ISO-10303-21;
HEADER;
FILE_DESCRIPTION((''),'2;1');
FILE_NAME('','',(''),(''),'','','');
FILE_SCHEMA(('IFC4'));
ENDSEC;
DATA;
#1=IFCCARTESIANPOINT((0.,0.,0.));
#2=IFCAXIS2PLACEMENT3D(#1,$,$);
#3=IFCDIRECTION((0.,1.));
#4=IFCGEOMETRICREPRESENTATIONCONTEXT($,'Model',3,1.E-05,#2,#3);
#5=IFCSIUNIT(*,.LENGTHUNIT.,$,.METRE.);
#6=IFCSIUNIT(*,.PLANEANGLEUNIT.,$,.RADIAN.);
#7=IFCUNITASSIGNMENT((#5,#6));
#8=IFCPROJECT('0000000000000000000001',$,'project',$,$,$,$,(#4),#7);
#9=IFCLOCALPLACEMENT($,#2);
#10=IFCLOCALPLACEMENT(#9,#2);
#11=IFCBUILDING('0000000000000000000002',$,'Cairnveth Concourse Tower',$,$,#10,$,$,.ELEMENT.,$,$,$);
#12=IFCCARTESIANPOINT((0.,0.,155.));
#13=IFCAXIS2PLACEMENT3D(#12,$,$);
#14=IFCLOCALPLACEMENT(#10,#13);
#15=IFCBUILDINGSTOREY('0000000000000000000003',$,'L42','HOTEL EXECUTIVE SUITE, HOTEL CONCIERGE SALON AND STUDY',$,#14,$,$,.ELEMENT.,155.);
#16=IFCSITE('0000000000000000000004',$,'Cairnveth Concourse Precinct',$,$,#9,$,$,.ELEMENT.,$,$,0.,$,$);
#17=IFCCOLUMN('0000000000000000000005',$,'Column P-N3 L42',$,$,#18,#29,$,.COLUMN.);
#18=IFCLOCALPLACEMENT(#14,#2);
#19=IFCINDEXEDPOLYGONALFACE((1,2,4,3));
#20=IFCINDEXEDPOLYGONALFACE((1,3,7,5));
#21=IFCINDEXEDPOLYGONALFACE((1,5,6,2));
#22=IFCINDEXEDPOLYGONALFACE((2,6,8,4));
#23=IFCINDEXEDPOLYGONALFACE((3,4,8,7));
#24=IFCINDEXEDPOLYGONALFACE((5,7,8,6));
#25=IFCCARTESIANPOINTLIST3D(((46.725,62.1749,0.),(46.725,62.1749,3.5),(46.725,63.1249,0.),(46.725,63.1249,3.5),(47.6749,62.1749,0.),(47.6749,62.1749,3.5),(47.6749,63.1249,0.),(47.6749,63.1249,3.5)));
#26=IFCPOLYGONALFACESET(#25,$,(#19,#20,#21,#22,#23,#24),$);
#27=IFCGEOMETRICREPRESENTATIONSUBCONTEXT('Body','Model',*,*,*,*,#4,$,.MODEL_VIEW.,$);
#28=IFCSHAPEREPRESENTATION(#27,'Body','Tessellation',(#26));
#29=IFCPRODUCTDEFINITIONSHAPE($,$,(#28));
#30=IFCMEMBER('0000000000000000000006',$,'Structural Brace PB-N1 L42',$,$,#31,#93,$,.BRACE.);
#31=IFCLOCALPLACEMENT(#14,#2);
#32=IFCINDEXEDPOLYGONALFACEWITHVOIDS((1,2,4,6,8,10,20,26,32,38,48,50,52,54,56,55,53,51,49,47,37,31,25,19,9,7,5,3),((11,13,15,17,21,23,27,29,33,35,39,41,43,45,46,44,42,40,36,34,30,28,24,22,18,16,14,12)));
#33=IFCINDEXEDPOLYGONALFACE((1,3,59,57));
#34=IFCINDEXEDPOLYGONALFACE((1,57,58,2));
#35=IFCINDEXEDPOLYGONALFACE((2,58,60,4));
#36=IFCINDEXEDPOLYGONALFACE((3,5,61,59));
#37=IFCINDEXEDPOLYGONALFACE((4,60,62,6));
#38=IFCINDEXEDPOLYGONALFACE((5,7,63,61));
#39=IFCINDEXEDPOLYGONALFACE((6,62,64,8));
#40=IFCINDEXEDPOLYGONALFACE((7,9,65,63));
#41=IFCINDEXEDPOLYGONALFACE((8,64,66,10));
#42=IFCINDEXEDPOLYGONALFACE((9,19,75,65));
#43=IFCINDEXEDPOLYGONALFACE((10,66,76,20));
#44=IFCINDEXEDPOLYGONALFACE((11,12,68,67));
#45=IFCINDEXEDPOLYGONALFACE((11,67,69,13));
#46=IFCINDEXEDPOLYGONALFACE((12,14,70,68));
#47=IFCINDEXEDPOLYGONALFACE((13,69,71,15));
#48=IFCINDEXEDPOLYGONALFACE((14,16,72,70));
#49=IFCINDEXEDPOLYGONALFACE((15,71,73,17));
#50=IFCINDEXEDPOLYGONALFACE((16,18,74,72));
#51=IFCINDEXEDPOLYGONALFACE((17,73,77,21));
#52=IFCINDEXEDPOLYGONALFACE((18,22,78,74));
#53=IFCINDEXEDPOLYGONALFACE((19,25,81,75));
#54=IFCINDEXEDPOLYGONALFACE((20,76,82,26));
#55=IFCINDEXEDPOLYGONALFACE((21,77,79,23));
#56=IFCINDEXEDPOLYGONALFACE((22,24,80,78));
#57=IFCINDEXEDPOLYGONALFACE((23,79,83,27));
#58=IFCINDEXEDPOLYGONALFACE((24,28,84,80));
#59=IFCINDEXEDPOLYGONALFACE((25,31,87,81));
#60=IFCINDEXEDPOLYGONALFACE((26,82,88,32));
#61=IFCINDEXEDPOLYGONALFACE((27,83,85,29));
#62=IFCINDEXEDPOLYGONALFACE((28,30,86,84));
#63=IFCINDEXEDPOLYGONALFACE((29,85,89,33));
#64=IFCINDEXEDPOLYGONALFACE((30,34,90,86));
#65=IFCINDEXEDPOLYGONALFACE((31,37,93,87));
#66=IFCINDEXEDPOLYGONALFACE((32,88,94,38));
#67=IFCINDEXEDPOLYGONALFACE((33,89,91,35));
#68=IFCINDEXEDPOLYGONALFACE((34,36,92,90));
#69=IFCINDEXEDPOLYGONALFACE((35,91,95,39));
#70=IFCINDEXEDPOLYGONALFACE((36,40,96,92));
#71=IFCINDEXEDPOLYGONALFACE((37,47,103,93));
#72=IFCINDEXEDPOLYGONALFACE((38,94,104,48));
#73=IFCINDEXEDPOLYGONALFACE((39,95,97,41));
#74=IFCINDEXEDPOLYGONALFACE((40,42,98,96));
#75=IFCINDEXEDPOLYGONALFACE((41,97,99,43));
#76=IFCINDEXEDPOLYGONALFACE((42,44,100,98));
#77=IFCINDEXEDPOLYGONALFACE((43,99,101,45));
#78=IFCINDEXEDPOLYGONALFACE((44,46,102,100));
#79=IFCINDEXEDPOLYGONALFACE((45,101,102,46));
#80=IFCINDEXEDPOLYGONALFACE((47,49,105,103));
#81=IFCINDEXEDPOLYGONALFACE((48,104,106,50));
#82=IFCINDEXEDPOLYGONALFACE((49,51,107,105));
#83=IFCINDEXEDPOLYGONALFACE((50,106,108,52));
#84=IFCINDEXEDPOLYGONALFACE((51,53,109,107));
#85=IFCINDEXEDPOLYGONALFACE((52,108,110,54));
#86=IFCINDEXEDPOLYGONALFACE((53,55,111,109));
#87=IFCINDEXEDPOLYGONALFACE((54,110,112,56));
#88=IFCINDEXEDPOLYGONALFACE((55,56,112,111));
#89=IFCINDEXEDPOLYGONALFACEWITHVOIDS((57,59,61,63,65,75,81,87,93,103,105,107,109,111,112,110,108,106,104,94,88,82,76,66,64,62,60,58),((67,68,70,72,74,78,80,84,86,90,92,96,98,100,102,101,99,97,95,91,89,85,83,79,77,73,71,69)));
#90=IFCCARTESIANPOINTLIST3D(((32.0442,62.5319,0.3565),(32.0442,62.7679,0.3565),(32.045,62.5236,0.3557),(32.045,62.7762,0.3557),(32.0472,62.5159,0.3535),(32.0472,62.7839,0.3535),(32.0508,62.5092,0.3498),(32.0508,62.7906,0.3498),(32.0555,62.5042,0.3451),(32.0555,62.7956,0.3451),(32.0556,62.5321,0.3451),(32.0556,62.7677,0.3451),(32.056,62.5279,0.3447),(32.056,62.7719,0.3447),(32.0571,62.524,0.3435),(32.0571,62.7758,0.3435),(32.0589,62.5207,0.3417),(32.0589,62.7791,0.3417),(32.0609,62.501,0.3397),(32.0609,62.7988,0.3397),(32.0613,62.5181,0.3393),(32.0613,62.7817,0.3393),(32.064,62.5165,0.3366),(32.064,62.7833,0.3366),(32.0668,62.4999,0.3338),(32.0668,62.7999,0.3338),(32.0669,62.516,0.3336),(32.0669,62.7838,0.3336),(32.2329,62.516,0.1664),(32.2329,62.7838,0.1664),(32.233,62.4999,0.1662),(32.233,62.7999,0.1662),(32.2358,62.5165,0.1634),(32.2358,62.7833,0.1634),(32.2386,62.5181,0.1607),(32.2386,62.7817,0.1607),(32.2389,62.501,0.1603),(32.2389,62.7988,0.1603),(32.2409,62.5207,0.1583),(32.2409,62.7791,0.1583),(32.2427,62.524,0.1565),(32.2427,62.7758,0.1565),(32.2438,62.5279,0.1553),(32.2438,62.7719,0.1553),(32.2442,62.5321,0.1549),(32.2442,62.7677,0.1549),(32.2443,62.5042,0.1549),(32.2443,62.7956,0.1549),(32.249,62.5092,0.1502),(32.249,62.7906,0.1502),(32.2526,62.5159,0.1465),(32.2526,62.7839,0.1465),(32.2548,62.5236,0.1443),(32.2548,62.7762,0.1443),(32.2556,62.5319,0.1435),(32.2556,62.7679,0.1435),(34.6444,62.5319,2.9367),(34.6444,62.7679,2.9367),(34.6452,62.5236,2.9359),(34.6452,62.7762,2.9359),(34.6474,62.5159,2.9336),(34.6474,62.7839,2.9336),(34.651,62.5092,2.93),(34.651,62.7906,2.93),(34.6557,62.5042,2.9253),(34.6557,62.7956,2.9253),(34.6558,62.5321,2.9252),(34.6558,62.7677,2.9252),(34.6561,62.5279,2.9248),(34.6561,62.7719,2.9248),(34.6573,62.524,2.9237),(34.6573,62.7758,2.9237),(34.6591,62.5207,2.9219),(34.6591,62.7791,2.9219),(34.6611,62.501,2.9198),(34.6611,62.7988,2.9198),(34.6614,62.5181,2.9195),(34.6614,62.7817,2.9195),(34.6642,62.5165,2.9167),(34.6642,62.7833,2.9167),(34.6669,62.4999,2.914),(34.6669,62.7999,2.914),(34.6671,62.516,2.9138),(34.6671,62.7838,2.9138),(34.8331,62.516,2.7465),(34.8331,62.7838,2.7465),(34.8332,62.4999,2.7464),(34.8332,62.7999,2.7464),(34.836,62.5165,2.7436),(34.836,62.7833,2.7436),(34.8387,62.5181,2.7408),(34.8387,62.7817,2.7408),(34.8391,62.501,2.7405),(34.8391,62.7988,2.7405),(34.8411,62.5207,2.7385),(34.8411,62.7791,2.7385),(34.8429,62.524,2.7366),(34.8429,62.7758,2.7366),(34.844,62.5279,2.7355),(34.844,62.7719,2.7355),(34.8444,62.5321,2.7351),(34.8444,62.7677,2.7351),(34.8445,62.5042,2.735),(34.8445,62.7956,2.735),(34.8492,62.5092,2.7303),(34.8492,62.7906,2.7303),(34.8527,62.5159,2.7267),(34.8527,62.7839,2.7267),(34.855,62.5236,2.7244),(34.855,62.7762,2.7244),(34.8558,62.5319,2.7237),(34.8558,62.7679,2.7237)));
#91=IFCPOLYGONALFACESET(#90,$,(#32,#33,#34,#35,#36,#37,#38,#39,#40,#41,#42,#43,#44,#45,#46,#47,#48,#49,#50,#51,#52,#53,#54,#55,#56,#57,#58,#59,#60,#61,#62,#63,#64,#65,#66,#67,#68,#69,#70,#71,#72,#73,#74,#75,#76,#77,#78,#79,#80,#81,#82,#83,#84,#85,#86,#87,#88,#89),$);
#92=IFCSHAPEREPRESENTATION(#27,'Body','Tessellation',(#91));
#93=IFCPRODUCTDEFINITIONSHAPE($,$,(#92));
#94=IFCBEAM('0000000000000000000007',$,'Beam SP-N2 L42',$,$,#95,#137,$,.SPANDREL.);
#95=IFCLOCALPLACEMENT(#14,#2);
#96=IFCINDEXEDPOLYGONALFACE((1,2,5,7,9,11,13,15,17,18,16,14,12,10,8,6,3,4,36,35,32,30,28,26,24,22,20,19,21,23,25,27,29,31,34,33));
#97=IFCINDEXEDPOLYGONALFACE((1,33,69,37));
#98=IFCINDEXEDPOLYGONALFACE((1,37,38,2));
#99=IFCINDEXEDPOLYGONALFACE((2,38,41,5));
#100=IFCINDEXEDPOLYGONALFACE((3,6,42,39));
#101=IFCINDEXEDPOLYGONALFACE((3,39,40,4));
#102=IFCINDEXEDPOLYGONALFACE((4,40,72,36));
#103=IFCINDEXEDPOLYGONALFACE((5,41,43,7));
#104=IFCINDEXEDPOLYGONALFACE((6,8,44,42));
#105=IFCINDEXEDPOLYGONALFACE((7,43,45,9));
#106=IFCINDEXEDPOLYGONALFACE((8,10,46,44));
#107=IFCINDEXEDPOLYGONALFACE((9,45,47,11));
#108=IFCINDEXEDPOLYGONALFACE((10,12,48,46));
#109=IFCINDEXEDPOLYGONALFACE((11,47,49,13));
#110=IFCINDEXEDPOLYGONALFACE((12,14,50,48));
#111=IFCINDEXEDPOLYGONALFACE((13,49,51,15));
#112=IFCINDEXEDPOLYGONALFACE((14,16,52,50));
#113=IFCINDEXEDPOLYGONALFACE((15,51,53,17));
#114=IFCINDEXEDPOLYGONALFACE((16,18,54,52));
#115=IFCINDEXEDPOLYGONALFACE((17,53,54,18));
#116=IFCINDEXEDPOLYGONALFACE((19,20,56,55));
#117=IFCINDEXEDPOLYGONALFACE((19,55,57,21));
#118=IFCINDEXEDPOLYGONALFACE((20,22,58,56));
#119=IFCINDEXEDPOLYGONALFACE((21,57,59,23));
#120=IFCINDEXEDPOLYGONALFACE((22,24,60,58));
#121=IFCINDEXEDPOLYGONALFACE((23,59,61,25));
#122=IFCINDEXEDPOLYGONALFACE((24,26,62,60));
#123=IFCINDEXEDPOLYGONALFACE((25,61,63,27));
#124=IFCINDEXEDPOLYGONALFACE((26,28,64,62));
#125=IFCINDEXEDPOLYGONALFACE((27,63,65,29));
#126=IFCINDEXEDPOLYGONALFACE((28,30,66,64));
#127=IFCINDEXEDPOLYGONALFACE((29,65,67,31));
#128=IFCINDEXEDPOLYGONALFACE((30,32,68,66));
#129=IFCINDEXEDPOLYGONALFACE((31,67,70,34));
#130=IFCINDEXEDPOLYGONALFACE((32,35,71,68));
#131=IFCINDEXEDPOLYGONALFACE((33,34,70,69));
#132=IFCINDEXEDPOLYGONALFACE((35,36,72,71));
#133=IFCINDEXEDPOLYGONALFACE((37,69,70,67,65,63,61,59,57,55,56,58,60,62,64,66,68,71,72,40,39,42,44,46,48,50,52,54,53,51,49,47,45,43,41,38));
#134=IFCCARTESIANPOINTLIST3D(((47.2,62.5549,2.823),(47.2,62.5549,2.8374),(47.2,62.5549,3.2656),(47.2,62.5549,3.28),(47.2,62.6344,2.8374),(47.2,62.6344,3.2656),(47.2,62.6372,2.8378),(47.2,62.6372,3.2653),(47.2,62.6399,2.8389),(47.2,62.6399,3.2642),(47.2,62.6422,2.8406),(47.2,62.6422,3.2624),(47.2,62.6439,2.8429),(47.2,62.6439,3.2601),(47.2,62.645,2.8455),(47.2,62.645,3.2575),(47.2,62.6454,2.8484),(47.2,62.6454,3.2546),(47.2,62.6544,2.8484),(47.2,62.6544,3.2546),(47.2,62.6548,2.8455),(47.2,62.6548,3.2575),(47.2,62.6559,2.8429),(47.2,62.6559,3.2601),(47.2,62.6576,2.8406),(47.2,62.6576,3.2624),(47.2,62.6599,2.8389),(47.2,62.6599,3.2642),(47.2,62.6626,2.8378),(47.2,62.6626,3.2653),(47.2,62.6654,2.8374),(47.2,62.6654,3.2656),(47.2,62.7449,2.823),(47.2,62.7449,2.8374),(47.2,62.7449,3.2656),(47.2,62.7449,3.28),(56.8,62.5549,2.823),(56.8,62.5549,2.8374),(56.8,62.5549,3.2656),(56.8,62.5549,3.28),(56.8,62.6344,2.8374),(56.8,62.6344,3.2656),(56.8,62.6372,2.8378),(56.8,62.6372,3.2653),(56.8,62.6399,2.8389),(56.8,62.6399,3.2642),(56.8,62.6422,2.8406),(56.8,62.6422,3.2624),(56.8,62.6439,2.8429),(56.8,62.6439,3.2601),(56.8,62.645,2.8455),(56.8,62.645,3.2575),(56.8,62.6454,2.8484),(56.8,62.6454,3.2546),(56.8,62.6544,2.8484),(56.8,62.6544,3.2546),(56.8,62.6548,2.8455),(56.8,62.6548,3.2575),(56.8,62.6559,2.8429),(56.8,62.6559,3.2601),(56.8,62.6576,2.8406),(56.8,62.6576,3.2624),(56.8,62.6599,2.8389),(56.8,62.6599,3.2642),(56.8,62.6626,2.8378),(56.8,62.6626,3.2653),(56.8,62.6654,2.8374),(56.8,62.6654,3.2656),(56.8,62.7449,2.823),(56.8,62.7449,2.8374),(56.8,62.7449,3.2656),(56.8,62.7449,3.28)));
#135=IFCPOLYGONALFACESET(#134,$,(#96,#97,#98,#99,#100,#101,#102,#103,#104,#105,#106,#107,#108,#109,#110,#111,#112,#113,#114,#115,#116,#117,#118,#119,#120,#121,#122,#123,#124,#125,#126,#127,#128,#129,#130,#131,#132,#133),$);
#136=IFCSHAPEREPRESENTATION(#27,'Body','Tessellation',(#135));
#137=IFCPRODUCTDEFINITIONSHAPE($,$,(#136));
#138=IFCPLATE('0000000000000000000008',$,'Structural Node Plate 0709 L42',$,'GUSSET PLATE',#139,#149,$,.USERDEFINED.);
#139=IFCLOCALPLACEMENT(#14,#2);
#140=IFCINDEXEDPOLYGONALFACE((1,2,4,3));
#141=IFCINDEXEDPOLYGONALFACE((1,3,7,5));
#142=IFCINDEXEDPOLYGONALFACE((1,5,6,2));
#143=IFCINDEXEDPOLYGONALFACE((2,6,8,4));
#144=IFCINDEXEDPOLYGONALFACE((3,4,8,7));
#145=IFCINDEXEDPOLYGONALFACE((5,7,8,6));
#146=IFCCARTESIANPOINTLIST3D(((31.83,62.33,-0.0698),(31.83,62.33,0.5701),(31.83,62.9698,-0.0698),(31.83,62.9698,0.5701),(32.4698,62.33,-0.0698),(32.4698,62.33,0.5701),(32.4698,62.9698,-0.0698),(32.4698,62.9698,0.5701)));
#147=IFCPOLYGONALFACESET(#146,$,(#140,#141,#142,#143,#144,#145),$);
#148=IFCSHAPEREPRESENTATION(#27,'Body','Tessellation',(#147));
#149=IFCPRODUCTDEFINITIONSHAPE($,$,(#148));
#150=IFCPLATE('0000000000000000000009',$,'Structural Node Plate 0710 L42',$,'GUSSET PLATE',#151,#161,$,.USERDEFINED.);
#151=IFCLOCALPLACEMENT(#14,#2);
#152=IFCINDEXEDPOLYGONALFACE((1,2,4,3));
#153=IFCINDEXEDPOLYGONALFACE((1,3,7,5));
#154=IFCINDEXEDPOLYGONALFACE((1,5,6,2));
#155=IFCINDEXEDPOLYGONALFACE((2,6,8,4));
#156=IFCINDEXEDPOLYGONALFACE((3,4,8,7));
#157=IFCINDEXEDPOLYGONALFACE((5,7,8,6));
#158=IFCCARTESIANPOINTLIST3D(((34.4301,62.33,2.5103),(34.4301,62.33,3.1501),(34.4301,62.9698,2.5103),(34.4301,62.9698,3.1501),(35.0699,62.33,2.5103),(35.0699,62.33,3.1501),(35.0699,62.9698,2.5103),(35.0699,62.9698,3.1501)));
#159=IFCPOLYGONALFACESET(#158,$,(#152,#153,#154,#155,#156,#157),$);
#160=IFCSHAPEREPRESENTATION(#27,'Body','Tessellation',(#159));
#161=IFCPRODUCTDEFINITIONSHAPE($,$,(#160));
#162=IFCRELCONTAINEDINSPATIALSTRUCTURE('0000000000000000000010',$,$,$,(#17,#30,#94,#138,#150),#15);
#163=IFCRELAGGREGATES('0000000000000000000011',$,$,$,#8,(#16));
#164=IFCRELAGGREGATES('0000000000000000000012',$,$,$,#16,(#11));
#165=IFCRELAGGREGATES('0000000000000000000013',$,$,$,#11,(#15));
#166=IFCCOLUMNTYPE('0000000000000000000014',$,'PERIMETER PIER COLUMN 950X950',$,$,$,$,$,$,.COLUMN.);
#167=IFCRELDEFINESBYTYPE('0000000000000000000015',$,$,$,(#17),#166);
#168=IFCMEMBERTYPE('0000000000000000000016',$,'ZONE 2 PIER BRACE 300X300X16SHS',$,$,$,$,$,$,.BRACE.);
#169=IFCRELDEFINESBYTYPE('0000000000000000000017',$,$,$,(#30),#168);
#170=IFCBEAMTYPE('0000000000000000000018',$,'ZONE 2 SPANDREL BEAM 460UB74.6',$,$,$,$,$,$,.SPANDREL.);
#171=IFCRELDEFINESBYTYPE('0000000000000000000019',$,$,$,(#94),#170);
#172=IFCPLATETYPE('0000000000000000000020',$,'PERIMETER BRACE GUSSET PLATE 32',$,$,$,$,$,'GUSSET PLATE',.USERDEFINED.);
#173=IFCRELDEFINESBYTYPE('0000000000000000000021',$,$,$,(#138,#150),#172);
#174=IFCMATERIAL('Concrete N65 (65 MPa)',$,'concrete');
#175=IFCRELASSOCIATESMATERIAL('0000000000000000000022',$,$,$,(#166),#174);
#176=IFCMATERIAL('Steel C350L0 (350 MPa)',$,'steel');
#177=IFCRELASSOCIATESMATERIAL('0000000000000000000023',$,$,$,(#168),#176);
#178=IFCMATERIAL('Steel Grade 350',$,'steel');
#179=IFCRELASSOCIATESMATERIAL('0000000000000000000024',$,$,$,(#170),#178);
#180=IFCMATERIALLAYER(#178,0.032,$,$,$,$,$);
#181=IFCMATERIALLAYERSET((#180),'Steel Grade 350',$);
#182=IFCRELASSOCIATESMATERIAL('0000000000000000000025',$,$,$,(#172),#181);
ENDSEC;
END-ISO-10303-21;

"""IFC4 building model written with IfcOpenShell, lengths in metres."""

from ifc_helpers import new_model, si_unit, direction, frame, origin, origin_2d, place, context, subcontext, project, spatial, rectangle, hollow_rectangle, i_section, extrude, material, layer, layer_set, material_profile, profile_set, type_object, element, save


model = new_model("IFC4")

# Units and contexts
model_context = context("Model", 3, precision=1e-05, world=origin(), true_north=direction((0.0, 1.0)))
body_context = subcontext(model_context, "Body", "Model", "MODEL_VIEW")
ifc_project = project(units=[si_unit("LENGTHUNIT", "METRE"), si_unit("PLANEANGLEUNIT", "RADIAN")], contexts=[model_context])

# Site, building, storey
site_placement = place(None, origin())
site = spatial("IfcSite", under=ifc_project, at=site_placement, Name="Cairnveth Concourse Precinct", CompositionType="ELEMENT", RefElevation=0.0)
building_placement = place(site_placement, origin())
building = spatial("IfcBuilding", under=site, at=building_placement, Name="Cairnveth Concourse Tower", CompositionType="ELEMENT")
storey_placement = place(building_placement, frame((0.0, 0.0, 155.0)))
storey = spatial("IfcBuildingStorey", under=building, at=storey_placement, Name="L42", Description="HOTEL EXECUTIVE SUITE, HOTEL CONCIERGE SALON AND STUDY", CompositionType="ELEMENT", Elevation=155.0)

# Column
ifc_material_1 = material(Name="Concrete N65 (65 MPa)", Category="concrete")
ifc_material_profile_1 = material_profile(ifc_material_1, rectangle(XDim=0.95, YDim=0.95, at=origin_2d()), Name="RC-COL-950x950")
ifc_profile_set_1 = profile_set([ifc_material_profile_1], Name="Concrete N65 (65 MPa)")
column_type = type_object("IfcColumnType", Name="PERIMETER PIER COLUMN 950X950", PredefinedType="COLUMN", material=ifc_profile_set_1)
column_placement = place(storey_placement, frame((47.2, 62.6499, 0.0), z_axis=(0.0, 0.0, 1.0), x_axis=(1.0, 0.0, 0.0)))
element("IfcColumn", 1, at=column_placement, inside=storey, type_object=column_type, Name="Column P-N3 L42", PredefinedType="COLUMN", context=body_context, shape_type="SweptSolid", body=[
    extrude(rectangle(XDim=0.95, YDim=0.95, at=origin_2d()), origin(), (0.0, 0.0, 1.0), 3.5),
])

# Member
ifc_material_2 = material(Name="Steel C350L0 (350 MPa)", Category="steel")
ifc_material_profile_2 = material_profile(ifc_material_2, hollow_rectangle(XDim=0.3, YDim=0.3, WallThickness=0.0161, InnerFilletRadius=0.0161, OuterFilletRadius=0.032, at=origin_2d()), Name="300x300x16.0SHS")
ifc_profile_set_2 = profile_set([ifc_material_profile_2], Name="Steel C350L0 (350 MPa)")
member_type = type_object("IfcMemberType", Name="ZONE 2 PIER BRACE 300X300X16SHS", PredefinedType="BRACE", material=ifc_profile_set_2)
member_placement = place(storey_placement, frame((32.1499, 62.6499, 0.25), z_axis=(0.709834, 0.0, 0.704369), x_axis=(0.0, 1.0, 0.0)))
element("IfcMember", 2, at=member_placement, inside=storey, type_object=member_type, Name="Structural Brace PB-N1 L42", PredefinedType="BRACE", context=body_context, shape_type="SweptSolid", body=[
    extrude(hollow_rectangle(XDim=0.3, YDim=0.3, WallThickness=0.0161, InnerFilletRadius=0.0161, OuterFilletRadius=0.032, at=origin_2d()), origin(), (0.0, 0.0, 1.0), 3.6631),
])

# Beam
ifc_material_3 = material(Name="Steel Grade 350", Category="steel")
ifc_material_profile_3 = material_profile(ifc_material_3, i_section(OverallWidth=0.1899, OverallDepth=0.457, WebThickness=0.009, FlangeThickness=0.0144, FilletRadius=0.011, at=origin_2d()), Name="460UB74.6")
ifc_profile_set_3 = profile_set([ifc_material_profile_3], Name="Steel Grade 350")
beam_type = type_object("IfcBeamType", Name="ZONE 2 SPANDREL BEAM 460UB74.6", PredefinedType="SPANDREL", material=ifc_profile_set_3)
beam_placement = place(storey_placement, frame((47.2, 62.6499, 3.0515), z_axis=(1.0, 0.0, 0.0), x_axis=(0.0, 1.0, 0.0)))
element("IfcBeam", 3, at=beam_placement, inside=storey, type_object=beam_type, Name="Beam SP-N2 L42", PredefinedType="SPANDREL", context=body_context, shape_type="SweptSolid", body=[
    extrude(i_section(OverallWidth=0.1899, OverallDepth=0.457, WebThickness=0.009, FlangeThickness=0.0144, FilletRadius=0.011, at=origin_2d()), origin(), (0.0, 0.0, 1.0), 9.6001),
])

# Plates
ifc_layer_1 = layer(ifc_material_3, 0.032)
ifc_layer_set_1 = layer_set([ifc_layer_1], Name="Steel Grade 350")
plate_type = type_object("IfcPlateType", Name="PERIMETER BRACE GUSSET PLATE 32", ElementType="GUSSET PLATE", PredefinedType="USERDEFINED", material=ifc_layer_set_1)
for number, where, z_axis, x_axis, name in (
    (4, (32.1499, 62.6499, -0.0698), (0.0, 0.0, 1.0), (1.0, 0.0, 0.0), "Structural Node Plate 0709 L42"),
    (5, (34.75, 62.6499, 2.5103), (0.0, 0.0, 1.0), (1.0, 0.0, 0.0), "Structural Node Plate 0710 L42"),
):
    element("IfcPlate", number, at=place(storey_placement, frame(where, z_axis=z_axis, x_axis=x_axis)), inside=storey, type_object=plate_type, Name=name, ObjectType="GUSSET PLATE", PredefinedType="USERDEFINED", context=body_context, shape_type="SweptSolid", body=[
        extrude(rectangle(XDim=0.6399, YDim=0.6399, at=origin_2d()), origin(), (0.0, 0.0, 1.0), 0.6399),
    ])

save(model, "model.ifc")
